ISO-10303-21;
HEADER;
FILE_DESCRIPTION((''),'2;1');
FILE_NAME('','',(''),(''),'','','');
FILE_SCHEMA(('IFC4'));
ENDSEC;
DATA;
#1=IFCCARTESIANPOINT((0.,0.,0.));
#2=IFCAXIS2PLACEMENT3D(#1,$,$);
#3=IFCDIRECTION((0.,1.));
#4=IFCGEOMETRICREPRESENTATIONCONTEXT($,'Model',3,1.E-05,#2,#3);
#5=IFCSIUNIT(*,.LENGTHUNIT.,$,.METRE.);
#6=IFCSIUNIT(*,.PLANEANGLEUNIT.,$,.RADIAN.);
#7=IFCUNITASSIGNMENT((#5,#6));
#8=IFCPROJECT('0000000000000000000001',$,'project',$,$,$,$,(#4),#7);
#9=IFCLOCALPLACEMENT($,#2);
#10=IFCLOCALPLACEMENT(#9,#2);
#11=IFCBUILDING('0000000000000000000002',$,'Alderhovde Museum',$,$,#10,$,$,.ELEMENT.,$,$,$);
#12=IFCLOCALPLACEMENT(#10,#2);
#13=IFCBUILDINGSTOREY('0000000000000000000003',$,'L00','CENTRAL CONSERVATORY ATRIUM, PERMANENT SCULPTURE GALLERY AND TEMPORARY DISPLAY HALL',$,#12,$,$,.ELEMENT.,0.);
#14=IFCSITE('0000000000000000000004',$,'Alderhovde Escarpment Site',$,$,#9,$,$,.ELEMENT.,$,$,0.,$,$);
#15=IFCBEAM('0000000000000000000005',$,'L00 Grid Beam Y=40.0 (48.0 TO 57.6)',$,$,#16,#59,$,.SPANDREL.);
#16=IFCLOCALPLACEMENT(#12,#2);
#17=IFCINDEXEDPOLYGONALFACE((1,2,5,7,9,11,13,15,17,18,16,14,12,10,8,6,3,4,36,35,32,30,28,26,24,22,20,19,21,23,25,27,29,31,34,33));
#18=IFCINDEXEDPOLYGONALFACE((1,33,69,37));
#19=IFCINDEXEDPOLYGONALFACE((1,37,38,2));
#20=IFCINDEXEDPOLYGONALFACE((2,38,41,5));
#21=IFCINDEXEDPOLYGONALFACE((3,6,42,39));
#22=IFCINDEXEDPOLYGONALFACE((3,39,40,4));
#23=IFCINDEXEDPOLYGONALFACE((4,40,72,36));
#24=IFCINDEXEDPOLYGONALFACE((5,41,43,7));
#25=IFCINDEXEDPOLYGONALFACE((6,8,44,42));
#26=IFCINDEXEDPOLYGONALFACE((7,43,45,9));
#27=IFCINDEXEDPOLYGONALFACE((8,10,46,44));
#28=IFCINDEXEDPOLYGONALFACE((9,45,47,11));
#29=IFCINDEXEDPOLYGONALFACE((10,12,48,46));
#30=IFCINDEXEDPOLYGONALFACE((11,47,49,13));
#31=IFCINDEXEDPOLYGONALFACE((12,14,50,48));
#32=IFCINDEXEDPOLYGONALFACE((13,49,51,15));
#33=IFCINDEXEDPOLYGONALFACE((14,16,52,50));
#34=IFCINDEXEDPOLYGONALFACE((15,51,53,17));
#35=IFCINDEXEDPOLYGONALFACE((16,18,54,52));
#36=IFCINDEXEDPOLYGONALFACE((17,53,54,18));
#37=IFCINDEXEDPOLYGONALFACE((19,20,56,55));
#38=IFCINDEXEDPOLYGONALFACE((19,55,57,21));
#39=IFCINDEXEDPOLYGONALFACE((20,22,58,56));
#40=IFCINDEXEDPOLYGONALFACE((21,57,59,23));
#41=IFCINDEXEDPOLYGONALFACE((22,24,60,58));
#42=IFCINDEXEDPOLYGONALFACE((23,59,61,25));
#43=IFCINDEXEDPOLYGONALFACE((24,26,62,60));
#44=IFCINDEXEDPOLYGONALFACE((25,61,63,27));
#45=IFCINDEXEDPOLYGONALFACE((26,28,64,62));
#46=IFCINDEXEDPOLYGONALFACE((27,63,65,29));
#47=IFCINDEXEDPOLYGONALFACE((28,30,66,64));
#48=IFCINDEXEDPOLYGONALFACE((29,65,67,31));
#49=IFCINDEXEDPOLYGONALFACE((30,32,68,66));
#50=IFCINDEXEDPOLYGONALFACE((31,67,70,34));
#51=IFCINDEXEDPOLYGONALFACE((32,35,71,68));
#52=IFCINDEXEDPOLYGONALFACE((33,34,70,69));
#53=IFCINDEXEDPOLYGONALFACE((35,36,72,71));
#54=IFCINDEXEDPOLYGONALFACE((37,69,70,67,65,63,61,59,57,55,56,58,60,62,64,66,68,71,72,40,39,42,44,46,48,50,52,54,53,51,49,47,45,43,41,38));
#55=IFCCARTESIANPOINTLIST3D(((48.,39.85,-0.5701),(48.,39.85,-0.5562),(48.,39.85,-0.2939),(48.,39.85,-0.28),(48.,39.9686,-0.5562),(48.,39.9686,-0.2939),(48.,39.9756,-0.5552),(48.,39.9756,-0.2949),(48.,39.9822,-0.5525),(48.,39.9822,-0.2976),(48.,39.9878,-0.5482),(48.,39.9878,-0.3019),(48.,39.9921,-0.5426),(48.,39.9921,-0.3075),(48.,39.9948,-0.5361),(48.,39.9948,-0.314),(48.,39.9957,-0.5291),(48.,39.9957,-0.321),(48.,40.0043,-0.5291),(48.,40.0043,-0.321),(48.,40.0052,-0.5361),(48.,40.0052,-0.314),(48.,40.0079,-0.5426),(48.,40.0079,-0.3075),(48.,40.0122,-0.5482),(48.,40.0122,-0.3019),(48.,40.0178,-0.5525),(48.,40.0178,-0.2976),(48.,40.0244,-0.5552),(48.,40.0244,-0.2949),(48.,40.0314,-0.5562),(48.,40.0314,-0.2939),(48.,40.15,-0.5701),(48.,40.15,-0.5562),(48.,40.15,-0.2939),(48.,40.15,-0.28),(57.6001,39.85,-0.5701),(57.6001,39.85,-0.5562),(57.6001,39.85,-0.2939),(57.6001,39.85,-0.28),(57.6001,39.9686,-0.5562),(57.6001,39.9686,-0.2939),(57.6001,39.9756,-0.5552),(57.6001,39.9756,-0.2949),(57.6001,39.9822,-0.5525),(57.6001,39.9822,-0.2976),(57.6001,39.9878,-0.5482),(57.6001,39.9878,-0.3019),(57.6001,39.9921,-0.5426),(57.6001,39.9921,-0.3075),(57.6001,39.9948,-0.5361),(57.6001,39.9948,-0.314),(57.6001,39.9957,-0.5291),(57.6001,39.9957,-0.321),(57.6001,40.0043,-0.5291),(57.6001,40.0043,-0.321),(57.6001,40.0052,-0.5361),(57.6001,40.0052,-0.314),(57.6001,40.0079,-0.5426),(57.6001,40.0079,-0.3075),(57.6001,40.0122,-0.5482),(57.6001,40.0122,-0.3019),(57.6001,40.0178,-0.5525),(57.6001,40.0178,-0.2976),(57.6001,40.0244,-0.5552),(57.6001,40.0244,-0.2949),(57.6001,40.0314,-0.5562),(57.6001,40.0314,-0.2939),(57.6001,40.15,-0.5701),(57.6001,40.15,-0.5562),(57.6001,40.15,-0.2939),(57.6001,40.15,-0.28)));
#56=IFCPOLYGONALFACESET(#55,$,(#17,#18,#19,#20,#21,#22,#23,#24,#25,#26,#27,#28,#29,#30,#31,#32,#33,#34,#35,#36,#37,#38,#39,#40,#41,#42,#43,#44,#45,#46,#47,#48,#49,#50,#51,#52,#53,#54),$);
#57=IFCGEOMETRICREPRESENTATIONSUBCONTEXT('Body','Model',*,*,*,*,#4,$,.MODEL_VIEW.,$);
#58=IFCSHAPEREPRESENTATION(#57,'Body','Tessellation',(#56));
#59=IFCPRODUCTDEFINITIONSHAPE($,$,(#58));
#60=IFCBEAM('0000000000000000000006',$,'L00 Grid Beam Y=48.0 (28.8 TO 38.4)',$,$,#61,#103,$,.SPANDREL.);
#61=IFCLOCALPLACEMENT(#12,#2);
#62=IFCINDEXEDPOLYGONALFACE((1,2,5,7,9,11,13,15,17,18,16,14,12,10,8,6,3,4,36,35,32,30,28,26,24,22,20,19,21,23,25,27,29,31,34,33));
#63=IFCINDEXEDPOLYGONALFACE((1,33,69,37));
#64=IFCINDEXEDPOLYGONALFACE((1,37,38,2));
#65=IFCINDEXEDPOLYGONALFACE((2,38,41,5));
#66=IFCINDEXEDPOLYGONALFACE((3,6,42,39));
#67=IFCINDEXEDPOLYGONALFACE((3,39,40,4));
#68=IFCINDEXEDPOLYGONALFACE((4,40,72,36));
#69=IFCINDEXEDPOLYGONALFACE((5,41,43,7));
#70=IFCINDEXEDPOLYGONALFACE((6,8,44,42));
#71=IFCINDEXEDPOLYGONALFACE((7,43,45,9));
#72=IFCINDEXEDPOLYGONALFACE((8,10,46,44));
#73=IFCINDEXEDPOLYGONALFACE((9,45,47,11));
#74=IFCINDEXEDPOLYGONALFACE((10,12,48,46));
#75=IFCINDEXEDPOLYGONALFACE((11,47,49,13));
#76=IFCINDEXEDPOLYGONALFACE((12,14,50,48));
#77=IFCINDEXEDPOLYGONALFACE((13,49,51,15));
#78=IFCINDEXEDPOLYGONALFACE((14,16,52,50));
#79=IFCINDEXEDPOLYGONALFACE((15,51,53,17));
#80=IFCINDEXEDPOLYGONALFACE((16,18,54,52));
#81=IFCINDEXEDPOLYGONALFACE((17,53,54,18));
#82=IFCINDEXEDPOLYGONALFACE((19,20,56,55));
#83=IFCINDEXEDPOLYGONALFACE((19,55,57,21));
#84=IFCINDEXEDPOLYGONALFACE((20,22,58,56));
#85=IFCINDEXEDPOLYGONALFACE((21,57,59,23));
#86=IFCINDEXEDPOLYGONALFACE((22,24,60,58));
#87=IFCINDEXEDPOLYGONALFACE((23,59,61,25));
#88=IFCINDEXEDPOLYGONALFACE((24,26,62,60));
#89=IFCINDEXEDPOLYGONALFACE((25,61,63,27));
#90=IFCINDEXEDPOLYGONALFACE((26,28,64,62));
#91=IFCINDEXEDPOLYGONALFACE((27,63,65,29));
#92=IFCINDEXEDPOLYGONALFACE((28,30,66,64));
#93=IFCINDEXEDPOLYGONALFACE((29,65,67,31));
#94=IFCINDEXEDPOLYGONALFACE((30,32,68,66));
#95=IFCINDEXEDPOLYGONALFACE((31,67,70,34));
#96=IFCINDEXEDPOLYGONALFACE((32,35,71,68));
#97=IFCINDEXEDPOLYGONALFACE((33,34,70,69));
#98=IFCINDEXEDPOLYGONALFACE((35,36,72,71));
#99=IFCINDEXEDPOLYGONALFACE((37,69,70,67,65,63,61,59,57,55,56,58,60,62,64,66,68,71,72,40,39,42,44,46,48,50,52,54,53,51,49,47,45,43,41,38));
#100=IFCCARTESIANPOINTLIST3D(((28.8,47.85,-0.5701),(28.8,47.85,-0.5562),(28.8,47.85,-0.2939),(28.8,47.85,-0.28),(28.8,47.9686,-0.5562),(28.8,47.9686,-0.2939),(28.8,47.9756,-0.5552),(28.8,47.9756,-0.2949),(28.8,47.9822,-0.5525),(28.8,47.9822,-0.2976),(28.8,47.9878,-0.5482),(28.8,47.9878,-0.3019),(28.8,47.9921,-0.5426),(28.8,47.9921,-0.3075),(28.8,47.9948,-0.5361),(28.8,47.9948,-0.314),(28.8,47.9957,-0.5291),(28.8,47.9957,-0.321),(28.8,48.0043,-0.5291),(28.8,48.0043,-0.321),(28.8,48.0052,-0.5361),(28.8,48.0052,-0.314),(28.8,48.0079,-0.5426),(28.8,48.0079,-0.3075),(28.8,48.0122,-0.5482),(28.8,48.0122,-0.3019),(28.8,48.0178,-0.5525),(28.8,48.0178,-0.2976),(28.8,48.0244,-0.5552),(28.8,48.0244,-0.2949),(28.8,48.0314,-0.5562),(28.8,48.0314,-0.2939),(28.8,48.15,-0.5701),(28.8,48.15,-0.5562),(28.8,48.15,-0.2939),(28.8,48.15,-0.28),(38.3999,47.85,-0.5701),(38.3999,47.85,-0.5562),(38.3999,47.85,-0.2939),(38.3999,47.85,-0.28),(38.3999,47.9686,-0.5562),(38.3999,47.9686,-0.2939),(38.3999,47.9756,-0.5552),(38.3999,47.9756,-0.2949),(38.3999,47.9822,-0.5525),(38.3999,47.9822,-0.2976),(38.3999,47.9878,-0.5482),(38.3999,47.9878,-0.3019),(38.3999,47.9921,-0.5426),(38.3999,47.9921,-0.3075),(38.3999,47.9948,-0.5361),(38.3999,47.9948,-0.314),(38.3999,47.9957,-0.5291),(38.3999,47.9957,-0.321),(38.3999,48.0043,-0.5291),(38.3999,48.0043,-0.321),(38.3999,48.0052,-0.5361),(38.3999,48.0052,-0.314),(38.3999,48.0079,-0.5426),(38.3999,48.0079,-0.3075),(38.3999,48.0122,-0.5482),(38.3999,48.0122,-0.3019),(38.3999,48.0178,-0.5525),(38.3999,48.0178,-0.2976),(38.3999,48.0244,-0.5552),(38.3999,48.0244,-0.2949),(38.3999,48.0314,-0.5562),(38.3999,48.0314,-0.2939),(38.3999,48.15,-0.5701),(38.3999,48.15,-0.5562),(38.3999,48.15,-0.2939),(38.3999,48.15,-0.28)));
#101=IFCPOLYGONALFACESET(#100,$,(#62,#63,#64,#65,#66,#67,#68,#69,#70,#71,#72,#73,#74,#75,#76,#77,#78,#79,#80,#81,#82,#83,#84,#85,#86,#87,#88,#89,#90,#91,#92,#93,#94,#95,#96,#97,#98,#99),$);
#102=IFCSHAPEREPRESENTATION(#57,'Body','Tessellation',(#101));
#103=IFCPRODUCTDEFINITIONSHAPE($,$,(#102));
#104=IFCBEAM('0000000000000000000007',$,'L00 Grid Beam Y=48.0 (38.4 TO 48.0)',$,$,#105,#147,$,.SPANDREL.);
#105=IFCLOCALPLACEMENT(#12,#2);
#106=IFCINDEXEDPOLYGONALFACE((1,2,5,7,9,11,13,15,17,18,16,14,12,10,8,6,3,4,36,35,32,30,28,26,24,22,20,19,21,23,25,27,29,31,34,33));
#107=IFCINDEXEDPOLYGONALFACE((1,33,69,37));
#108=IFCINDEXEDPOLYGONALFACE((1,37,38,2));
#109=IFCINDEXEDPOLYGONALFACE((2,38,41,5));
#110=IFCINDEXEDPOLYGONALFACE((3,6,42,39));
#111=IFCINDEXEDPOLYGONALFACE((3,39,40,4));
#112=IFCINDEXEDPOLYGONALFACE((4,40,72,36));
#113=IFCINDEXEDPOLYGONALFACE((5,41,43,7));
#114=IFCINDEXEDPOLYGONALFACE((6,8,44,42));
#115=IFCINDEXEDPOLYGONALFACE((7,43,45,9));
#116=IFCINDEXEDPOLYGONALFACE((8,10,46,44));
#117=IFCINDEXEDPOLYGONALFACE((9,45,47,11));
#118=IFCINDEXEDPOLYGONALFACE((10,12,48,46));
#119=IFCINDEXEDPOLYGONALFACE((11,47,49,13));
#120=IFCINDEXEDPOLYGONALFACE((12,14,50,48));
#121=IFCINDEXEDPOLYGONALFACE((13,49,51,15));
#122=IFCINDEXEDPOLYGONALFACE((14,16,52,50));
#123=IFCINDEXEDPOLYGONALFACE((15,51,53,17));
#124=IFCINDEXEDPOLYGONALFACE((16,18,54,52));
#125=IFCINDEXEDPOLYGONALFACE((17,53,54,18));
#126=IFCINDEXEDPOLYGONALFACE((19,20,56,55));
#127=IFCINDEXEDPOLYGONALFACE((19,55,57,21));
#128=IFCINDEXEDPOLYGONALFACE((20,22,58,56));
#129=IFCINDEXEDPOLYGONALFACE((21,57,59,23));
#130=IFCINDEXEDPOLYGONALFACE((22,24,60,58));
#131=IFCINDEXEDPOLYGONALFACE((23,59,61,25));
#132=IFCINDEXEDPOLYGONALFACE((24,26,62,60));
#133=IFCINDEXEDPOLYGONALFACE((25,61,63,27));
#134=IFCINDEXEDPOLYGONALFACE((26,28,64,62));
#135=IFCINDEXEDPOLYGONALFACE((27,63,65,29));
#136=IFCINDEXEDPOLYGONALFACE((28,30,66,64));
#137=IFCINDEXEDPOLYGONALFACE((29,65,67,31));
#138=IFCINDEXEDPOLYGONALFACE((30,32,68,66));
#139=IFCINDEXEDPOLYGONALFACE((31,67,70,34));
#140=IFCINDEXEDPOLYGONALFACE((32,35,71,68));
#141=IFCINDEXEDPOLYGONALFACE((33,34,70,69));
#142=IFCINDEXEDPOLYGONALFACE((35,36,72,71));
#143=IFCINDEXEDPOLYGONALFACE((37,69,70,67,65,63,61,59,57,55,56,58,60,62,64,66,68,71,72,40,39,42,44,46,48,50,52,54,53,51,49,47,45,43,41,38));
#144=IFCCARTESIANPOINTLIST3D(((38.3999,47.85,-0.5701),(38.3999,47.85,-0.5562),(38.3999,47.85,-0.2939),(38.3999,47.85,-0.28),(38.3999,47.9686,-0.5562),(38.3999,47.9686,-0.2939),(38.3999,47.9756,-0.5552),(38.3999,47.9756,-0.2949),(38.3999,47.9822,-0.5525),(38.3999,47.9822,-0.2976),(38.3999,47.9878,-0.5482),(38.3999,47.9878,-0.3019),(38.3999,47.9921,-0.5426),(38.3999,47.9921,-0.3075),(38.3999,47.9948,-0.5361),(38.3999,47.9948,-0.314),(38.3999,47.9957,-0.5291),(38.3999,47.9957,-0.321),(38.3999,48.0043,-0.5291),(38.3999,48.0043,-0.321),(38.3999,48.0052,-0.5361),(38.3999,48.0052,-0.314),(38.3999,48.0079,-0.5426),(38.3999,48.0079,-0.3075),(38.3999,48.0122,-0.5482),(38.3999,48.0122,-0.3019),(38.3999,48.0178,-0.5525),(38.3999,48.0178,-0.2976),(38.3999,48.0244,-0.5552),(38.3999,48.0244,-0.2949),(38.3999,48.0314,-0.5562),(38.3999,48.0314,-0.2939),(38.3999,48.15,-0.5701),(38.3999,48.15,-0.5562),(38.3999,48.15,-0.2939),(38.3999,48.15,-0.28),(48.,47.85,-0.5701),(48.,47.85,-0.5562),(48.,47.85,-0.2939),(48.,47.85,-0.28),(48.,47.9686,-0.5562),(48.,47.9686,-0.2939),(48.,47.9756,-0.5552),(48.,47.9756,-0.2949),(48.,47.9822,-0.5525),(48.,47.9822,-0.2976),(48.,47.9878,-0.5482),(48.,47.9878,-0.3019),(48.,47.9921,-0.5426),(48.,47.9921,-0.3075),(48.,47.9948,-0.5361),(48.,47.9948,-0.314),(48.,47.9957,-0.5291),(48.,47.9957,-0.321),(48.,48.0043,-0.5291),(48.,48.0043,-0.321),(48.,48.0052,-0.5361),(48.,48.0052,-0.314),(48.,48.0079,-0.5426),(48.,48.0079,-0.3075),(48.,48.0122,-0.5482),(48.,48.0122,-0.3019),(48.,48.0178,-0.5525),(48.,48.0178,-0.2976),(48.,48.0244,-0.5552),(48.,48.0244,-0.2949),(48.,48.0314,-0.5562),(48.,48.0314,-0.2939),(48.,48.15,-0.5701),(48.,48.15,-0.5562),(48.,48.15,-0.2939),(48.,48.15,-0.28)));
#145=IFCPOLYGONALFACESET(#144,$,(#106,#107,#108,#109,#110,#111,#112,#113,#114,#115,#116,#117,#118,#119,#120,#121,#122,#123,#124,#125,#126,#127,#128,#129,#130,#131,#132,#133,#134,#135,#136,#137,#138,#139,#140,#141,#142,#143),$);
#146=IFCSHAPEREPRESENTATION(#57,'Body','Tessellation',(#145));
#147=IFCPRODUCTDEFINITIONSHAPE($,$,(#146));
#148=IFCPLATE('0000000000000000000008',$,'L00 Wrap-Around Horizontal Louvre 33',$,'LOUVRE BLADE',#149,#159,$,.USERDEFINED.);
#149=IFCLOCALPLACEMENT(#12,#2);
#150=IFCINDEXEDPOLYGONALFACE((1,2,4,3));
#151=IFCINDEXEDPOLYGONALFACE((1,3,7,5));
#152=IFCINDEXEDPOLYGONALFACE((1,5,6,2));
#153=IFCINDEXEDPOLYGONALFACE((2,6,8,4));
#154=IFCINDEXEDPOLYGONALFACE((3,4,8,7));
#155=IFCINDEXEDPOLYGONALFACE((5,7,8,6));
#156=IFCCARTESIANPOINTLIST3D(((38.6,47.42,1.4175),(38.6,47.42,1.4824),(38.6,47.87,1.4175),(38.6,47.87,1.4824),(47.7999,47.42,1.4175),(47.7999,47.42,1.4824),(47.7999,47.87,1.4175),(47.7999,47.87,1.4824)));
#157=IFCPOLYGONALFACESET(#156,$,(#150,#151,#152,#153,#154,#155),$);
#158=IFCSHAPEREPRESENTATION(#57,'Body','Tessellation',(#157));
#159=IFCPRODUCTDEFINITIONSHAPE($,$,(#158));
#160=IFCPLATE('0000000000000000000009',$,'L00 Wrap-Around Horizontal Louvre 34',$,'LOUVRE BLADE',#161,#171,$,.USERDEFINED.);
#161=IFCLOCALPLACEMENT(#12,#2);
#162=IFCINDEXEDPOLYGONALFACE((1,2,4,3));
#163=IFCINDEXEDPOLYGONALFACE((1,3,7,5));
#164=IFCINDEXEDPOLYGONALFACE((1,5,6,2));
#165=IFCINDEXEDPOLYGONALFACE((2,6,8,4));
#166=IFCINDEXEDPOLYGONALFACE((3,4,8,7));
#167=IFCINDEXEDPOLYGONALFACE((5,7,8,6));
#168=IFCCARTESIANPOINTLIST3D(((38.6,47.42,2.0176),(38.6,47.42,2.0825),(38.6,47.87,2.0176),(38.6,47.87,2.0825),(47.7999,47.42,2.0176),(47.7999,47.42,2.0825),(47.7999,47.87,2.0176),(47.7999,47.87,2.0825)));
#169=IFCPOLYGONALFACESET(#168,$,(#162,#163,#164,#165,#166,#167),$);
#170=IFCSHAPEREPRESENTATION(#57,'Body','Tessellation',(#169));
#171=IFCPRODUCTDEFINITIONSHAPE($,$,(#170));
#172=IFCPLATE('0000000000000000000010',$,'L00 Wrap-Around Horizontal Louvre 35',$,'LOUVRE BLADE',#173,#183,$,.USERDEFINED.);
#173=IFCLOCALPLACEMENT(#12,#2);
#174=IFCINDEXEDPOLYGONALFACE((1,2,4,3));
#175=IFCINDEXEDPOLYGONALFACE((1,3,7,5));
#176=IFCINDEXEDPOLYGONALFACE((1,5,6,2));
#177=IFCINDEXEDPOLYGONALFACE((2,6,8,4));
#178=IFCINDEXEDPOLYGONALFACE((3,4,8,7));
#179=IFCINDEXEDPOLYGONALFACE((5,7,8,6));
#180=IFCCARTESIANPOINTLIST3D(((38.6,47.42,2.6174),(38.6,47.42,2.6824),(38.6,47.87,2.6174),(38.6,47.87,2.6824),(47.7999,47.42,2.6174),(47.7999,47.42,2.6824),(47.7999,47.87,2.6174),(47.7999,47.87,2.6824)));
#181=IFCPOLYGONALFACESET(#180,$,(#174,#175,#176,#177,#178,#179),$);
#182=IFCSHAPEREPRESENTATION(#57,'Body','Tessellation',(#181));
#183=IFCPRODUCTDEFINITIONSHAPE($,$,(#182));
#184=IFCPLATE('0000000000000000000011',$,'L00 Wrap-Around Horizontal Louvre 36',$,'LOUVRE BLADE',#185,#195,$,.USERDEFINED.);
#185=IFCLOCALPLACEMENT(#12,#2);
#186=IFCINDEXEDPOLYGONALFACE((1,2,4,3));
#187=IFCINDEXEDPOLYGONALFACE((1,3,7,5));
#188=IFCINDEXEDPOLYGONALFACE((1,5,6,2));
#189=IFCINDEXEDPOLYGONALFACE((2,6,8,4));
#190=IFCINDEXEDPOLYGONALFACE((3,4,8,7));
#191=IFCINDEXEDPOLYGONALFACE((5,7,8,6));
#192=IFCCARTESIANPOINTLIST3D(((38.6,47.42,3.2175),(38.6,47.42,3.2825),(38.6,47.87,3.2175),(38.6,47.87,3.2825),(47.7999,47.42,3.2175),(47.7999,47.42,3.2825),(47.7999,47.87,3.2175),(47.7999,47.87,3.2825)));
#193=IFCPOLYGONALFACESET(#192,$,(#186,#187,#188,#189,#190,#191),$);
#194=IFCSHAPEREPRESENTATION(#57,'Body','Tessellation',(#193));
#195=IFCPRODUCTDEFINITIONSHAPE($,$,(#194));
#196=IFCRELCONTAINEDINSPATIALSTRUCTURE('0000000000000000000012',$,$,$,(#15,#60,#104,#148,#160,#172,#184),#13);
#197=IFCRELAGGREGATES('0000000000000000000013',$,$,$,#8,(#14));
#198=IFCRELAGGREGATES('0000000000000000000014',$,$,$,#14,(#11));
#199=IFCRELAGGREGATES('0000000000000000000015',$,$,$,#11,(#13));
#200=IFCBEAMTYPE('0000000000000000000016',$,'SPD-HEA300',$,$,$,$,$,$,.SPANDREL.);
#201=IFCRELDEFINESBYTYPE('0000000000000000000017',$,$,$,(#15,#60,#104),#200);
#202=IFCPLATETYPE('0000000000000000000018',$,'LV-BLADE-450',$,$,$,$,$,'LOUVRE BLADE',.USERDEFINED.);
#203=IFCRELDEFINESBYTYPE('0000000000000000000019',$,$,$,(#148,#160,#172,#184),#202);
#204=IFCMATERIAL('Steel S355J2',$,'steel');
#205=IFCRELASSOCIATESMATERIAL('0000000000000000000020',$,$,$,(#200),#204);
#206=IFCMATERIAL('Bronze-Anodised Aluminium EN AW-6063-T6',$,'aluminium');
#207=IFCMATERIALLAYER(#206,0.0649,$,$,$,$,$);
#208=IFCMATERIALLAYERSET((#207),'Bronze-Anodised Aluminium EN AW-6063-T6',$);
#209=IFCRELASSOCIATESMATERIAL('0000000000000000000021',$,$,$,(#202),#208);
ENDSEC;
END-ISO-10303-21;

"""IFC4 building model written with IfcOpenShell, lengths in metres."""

from ifc_helpers import new_model, si_unit, direction, frame, origin, origin_2d, place, context, subcontext, project, spatial, rectangle, i_section, extrude, material, layer, layer_set, material_profile, profile_set, type_object, element, save


model = new_model("IFC4")

# Units and contexts
model_context = context("Model", 3, precision=1e-05, world=origin(), true_north=direction((0.0, 1.0)))
body_context = subcontext(model_context, "Body", "Model", "MODEL_VIEW")
ifc_project = project(units=[si_unit("LENGTHUNIT", "METRE"), si_unit("PLANEANGLEUNIT", "RADIAN")], contexts=[model_context])

# Site, building, storey
site_placement = place(None, origin())
site = spatial("IfcSite", under=ifc_project, at=site_placement, Name="Alderhovde Escarpment Site", CompositionType="ELEMENT", RefElevation=0.0)
building_placement = place(site_placement, origin())
building = spatial("IfcBuilding", under=site, at=building_placement, Name="Alderhovde Museum", CompositionType="ELEMENT")
storey_placement = place(building_placement, origin())
storey = spatial("IfcBuildingStorey", under=building, at=storey_placement, Name="L00", Description="CENTRAL CONSERVATORY ATRIUM, PERMANENT SCULPTURE GALLERY AND TEMPORARY DISPLAY HALL", CompositionType="ELEMENT", Elevation=0.0)

# Beams
ifc_material_1 = material(Name="Steel S355J2", Category="steel")
ifc_material_profile_1 = material_profile(ifc_material_1, i_section(OverallWidth=0.3, OverallDepth=0.29, WebThickness=0.0085, FlangeThickness=0.0139, FilletRadius=0.0271, at=origin_2d()), Name="HEA 300")
ifc_profile_set_1 = profile_set([ifc_material_profile_1], Name="Steel S355J2")
beam_type_1 = type_object("IfcBeamType", Name="SPD-HEA300", PredefinedType="SPANDREL", material=ifc_profile_set_1)
beam_1_placement = place(storey_placement, frame((48.0, 40.0, -0.425), z_axis=(1.0, 0.0, 0.0), x_axis=(0.0, 1.0, 0.0)))
element("IfcBeam", 1, at=beam_1_placement, inside=storey, type_object=beam_type_1, Name="L00 Grid Beam Y=40.0 (48.0 TO 57.6)", PredefinedType="SPANDREL", context=body_context, shape_type="SweptSolid", body=[
    extrude(i_section(OverallWidth=0.3, OverallDepth=0.29, WebThickness=0.0085, FlangeThickness=0.0139, FilletRadius=0.0271, at=origin_2d()), origin(), (0.0, 0.0, 1.0), 9.6001),
])
beam_2_placement = place(storey_placement, frame((28.8, 48.0, -0.425), z_axis=(1.0, 0.0, 0.0), x_axis=(0.0, 1.0, 0.0)))
element("IfcBeam", 2, at=beam_2_placement, inside=storey, type_object=beam_type_1, Name="L00 Grid Beam Y=48.0 (28.8 TO 38.4)", PredefinedType="SPANDREL", context=body_context, shape_type="SweptSolid", body=[
    extrude(i_section(OverallWidth=0.3, OverallDepth=0.29, WebThickness=0.0085, FlangeThickness=0.0139, FilletRadius=0.0271, at=origin_2d()), origin(), (0.0, 0.0, 1.0), 9.5999),
])
beam_3_placement = place(storey_placement, frame((38.3999, 48.0, -0.425), z_axis=(1.0, 0.0, 0.0), x_axis=(0.0, 1.0, 0.0)))
element("IfcBeam", 3, at=beam_3_placement, inside=storey, type_object=beam_type_1, Name="L00 Grid Beam Y=48.0 (38.4 TO 48.0)", PredefinedType="SPANDREL", context=body_context, shape_type="SweptSolid", body=[
    extrude(i_section(OverallWidth=0.3, OverallDepth=0.29, WebThickness=0.0085, FlangeThickness=0.0139, FilletRadius=0.0271, at=origin_2d()), origin(), (0.0, 0.0, 1.0), 9.6001),
])

# Plates
ifc_material_2 = material(Name="Bronze-Anodised Aluminium EN AW-6063-T6", Category="aluminium")
ifc_layer_1 = layer(ifc_material_2, 0.0649)
ifc_layer_set_1 = layer_set([ifc_layer_1], Name="Bronze-Anodised Aluminium EN AW-6063-T6")
plate_type_1 = type_object("IfcPlateType", Name="LV-BLADE-450", ElementType="LOUVRE BLADE", PredefinedType="USERDEFINED", material=ifc_layer_set_1)
for number, where, z_axis, x_axis, name in (
    (4, (43.2, 47.645, 1.4175), (0.0, 0.0, 1.0), (1.0, 0.0, 0.0), "L00 Wrap-Around Horizontal Louvre 33"),
    (5, (43.2, 47.645, 2.0176), (0.0, 0.0, 1.0), (1.0, 0.0, 0.0), "L00 Wrap-Around Horizontal Louvre 34"),
    (6, (43.2, 47.645, 2.6174), (0.0, 0.0, 1.0), (1.0, 0.0, 0.0), "L00 Wrap-Around Horizontal Louvre 35"),
    (7, (43.2, 47.645, 3.2175), (0.0, 0.0, 1.0), (1.0, 0.0, 0.0), "L00 Wrap-Around Horizontal Louvre 36"),
):
    element("IfcPlate", number, at=place(storey_placement, frame(where, z_axis=z_axis, x_axis=x_axis)), inside=storey, type_object=plate_type_1, Name=name, ObjectType="LOUVRE BLADE", PredefinedType="USERDEFINED", context=body_context, shape_type="SweptSolid", body=[
        extrude(rectangle(XDim=9.2, YDim=0.45, at=origin_2d()), origin(), (0.0, 0.0, 1.0), 0.0649),
    ])

save(model, "model.ifc")
